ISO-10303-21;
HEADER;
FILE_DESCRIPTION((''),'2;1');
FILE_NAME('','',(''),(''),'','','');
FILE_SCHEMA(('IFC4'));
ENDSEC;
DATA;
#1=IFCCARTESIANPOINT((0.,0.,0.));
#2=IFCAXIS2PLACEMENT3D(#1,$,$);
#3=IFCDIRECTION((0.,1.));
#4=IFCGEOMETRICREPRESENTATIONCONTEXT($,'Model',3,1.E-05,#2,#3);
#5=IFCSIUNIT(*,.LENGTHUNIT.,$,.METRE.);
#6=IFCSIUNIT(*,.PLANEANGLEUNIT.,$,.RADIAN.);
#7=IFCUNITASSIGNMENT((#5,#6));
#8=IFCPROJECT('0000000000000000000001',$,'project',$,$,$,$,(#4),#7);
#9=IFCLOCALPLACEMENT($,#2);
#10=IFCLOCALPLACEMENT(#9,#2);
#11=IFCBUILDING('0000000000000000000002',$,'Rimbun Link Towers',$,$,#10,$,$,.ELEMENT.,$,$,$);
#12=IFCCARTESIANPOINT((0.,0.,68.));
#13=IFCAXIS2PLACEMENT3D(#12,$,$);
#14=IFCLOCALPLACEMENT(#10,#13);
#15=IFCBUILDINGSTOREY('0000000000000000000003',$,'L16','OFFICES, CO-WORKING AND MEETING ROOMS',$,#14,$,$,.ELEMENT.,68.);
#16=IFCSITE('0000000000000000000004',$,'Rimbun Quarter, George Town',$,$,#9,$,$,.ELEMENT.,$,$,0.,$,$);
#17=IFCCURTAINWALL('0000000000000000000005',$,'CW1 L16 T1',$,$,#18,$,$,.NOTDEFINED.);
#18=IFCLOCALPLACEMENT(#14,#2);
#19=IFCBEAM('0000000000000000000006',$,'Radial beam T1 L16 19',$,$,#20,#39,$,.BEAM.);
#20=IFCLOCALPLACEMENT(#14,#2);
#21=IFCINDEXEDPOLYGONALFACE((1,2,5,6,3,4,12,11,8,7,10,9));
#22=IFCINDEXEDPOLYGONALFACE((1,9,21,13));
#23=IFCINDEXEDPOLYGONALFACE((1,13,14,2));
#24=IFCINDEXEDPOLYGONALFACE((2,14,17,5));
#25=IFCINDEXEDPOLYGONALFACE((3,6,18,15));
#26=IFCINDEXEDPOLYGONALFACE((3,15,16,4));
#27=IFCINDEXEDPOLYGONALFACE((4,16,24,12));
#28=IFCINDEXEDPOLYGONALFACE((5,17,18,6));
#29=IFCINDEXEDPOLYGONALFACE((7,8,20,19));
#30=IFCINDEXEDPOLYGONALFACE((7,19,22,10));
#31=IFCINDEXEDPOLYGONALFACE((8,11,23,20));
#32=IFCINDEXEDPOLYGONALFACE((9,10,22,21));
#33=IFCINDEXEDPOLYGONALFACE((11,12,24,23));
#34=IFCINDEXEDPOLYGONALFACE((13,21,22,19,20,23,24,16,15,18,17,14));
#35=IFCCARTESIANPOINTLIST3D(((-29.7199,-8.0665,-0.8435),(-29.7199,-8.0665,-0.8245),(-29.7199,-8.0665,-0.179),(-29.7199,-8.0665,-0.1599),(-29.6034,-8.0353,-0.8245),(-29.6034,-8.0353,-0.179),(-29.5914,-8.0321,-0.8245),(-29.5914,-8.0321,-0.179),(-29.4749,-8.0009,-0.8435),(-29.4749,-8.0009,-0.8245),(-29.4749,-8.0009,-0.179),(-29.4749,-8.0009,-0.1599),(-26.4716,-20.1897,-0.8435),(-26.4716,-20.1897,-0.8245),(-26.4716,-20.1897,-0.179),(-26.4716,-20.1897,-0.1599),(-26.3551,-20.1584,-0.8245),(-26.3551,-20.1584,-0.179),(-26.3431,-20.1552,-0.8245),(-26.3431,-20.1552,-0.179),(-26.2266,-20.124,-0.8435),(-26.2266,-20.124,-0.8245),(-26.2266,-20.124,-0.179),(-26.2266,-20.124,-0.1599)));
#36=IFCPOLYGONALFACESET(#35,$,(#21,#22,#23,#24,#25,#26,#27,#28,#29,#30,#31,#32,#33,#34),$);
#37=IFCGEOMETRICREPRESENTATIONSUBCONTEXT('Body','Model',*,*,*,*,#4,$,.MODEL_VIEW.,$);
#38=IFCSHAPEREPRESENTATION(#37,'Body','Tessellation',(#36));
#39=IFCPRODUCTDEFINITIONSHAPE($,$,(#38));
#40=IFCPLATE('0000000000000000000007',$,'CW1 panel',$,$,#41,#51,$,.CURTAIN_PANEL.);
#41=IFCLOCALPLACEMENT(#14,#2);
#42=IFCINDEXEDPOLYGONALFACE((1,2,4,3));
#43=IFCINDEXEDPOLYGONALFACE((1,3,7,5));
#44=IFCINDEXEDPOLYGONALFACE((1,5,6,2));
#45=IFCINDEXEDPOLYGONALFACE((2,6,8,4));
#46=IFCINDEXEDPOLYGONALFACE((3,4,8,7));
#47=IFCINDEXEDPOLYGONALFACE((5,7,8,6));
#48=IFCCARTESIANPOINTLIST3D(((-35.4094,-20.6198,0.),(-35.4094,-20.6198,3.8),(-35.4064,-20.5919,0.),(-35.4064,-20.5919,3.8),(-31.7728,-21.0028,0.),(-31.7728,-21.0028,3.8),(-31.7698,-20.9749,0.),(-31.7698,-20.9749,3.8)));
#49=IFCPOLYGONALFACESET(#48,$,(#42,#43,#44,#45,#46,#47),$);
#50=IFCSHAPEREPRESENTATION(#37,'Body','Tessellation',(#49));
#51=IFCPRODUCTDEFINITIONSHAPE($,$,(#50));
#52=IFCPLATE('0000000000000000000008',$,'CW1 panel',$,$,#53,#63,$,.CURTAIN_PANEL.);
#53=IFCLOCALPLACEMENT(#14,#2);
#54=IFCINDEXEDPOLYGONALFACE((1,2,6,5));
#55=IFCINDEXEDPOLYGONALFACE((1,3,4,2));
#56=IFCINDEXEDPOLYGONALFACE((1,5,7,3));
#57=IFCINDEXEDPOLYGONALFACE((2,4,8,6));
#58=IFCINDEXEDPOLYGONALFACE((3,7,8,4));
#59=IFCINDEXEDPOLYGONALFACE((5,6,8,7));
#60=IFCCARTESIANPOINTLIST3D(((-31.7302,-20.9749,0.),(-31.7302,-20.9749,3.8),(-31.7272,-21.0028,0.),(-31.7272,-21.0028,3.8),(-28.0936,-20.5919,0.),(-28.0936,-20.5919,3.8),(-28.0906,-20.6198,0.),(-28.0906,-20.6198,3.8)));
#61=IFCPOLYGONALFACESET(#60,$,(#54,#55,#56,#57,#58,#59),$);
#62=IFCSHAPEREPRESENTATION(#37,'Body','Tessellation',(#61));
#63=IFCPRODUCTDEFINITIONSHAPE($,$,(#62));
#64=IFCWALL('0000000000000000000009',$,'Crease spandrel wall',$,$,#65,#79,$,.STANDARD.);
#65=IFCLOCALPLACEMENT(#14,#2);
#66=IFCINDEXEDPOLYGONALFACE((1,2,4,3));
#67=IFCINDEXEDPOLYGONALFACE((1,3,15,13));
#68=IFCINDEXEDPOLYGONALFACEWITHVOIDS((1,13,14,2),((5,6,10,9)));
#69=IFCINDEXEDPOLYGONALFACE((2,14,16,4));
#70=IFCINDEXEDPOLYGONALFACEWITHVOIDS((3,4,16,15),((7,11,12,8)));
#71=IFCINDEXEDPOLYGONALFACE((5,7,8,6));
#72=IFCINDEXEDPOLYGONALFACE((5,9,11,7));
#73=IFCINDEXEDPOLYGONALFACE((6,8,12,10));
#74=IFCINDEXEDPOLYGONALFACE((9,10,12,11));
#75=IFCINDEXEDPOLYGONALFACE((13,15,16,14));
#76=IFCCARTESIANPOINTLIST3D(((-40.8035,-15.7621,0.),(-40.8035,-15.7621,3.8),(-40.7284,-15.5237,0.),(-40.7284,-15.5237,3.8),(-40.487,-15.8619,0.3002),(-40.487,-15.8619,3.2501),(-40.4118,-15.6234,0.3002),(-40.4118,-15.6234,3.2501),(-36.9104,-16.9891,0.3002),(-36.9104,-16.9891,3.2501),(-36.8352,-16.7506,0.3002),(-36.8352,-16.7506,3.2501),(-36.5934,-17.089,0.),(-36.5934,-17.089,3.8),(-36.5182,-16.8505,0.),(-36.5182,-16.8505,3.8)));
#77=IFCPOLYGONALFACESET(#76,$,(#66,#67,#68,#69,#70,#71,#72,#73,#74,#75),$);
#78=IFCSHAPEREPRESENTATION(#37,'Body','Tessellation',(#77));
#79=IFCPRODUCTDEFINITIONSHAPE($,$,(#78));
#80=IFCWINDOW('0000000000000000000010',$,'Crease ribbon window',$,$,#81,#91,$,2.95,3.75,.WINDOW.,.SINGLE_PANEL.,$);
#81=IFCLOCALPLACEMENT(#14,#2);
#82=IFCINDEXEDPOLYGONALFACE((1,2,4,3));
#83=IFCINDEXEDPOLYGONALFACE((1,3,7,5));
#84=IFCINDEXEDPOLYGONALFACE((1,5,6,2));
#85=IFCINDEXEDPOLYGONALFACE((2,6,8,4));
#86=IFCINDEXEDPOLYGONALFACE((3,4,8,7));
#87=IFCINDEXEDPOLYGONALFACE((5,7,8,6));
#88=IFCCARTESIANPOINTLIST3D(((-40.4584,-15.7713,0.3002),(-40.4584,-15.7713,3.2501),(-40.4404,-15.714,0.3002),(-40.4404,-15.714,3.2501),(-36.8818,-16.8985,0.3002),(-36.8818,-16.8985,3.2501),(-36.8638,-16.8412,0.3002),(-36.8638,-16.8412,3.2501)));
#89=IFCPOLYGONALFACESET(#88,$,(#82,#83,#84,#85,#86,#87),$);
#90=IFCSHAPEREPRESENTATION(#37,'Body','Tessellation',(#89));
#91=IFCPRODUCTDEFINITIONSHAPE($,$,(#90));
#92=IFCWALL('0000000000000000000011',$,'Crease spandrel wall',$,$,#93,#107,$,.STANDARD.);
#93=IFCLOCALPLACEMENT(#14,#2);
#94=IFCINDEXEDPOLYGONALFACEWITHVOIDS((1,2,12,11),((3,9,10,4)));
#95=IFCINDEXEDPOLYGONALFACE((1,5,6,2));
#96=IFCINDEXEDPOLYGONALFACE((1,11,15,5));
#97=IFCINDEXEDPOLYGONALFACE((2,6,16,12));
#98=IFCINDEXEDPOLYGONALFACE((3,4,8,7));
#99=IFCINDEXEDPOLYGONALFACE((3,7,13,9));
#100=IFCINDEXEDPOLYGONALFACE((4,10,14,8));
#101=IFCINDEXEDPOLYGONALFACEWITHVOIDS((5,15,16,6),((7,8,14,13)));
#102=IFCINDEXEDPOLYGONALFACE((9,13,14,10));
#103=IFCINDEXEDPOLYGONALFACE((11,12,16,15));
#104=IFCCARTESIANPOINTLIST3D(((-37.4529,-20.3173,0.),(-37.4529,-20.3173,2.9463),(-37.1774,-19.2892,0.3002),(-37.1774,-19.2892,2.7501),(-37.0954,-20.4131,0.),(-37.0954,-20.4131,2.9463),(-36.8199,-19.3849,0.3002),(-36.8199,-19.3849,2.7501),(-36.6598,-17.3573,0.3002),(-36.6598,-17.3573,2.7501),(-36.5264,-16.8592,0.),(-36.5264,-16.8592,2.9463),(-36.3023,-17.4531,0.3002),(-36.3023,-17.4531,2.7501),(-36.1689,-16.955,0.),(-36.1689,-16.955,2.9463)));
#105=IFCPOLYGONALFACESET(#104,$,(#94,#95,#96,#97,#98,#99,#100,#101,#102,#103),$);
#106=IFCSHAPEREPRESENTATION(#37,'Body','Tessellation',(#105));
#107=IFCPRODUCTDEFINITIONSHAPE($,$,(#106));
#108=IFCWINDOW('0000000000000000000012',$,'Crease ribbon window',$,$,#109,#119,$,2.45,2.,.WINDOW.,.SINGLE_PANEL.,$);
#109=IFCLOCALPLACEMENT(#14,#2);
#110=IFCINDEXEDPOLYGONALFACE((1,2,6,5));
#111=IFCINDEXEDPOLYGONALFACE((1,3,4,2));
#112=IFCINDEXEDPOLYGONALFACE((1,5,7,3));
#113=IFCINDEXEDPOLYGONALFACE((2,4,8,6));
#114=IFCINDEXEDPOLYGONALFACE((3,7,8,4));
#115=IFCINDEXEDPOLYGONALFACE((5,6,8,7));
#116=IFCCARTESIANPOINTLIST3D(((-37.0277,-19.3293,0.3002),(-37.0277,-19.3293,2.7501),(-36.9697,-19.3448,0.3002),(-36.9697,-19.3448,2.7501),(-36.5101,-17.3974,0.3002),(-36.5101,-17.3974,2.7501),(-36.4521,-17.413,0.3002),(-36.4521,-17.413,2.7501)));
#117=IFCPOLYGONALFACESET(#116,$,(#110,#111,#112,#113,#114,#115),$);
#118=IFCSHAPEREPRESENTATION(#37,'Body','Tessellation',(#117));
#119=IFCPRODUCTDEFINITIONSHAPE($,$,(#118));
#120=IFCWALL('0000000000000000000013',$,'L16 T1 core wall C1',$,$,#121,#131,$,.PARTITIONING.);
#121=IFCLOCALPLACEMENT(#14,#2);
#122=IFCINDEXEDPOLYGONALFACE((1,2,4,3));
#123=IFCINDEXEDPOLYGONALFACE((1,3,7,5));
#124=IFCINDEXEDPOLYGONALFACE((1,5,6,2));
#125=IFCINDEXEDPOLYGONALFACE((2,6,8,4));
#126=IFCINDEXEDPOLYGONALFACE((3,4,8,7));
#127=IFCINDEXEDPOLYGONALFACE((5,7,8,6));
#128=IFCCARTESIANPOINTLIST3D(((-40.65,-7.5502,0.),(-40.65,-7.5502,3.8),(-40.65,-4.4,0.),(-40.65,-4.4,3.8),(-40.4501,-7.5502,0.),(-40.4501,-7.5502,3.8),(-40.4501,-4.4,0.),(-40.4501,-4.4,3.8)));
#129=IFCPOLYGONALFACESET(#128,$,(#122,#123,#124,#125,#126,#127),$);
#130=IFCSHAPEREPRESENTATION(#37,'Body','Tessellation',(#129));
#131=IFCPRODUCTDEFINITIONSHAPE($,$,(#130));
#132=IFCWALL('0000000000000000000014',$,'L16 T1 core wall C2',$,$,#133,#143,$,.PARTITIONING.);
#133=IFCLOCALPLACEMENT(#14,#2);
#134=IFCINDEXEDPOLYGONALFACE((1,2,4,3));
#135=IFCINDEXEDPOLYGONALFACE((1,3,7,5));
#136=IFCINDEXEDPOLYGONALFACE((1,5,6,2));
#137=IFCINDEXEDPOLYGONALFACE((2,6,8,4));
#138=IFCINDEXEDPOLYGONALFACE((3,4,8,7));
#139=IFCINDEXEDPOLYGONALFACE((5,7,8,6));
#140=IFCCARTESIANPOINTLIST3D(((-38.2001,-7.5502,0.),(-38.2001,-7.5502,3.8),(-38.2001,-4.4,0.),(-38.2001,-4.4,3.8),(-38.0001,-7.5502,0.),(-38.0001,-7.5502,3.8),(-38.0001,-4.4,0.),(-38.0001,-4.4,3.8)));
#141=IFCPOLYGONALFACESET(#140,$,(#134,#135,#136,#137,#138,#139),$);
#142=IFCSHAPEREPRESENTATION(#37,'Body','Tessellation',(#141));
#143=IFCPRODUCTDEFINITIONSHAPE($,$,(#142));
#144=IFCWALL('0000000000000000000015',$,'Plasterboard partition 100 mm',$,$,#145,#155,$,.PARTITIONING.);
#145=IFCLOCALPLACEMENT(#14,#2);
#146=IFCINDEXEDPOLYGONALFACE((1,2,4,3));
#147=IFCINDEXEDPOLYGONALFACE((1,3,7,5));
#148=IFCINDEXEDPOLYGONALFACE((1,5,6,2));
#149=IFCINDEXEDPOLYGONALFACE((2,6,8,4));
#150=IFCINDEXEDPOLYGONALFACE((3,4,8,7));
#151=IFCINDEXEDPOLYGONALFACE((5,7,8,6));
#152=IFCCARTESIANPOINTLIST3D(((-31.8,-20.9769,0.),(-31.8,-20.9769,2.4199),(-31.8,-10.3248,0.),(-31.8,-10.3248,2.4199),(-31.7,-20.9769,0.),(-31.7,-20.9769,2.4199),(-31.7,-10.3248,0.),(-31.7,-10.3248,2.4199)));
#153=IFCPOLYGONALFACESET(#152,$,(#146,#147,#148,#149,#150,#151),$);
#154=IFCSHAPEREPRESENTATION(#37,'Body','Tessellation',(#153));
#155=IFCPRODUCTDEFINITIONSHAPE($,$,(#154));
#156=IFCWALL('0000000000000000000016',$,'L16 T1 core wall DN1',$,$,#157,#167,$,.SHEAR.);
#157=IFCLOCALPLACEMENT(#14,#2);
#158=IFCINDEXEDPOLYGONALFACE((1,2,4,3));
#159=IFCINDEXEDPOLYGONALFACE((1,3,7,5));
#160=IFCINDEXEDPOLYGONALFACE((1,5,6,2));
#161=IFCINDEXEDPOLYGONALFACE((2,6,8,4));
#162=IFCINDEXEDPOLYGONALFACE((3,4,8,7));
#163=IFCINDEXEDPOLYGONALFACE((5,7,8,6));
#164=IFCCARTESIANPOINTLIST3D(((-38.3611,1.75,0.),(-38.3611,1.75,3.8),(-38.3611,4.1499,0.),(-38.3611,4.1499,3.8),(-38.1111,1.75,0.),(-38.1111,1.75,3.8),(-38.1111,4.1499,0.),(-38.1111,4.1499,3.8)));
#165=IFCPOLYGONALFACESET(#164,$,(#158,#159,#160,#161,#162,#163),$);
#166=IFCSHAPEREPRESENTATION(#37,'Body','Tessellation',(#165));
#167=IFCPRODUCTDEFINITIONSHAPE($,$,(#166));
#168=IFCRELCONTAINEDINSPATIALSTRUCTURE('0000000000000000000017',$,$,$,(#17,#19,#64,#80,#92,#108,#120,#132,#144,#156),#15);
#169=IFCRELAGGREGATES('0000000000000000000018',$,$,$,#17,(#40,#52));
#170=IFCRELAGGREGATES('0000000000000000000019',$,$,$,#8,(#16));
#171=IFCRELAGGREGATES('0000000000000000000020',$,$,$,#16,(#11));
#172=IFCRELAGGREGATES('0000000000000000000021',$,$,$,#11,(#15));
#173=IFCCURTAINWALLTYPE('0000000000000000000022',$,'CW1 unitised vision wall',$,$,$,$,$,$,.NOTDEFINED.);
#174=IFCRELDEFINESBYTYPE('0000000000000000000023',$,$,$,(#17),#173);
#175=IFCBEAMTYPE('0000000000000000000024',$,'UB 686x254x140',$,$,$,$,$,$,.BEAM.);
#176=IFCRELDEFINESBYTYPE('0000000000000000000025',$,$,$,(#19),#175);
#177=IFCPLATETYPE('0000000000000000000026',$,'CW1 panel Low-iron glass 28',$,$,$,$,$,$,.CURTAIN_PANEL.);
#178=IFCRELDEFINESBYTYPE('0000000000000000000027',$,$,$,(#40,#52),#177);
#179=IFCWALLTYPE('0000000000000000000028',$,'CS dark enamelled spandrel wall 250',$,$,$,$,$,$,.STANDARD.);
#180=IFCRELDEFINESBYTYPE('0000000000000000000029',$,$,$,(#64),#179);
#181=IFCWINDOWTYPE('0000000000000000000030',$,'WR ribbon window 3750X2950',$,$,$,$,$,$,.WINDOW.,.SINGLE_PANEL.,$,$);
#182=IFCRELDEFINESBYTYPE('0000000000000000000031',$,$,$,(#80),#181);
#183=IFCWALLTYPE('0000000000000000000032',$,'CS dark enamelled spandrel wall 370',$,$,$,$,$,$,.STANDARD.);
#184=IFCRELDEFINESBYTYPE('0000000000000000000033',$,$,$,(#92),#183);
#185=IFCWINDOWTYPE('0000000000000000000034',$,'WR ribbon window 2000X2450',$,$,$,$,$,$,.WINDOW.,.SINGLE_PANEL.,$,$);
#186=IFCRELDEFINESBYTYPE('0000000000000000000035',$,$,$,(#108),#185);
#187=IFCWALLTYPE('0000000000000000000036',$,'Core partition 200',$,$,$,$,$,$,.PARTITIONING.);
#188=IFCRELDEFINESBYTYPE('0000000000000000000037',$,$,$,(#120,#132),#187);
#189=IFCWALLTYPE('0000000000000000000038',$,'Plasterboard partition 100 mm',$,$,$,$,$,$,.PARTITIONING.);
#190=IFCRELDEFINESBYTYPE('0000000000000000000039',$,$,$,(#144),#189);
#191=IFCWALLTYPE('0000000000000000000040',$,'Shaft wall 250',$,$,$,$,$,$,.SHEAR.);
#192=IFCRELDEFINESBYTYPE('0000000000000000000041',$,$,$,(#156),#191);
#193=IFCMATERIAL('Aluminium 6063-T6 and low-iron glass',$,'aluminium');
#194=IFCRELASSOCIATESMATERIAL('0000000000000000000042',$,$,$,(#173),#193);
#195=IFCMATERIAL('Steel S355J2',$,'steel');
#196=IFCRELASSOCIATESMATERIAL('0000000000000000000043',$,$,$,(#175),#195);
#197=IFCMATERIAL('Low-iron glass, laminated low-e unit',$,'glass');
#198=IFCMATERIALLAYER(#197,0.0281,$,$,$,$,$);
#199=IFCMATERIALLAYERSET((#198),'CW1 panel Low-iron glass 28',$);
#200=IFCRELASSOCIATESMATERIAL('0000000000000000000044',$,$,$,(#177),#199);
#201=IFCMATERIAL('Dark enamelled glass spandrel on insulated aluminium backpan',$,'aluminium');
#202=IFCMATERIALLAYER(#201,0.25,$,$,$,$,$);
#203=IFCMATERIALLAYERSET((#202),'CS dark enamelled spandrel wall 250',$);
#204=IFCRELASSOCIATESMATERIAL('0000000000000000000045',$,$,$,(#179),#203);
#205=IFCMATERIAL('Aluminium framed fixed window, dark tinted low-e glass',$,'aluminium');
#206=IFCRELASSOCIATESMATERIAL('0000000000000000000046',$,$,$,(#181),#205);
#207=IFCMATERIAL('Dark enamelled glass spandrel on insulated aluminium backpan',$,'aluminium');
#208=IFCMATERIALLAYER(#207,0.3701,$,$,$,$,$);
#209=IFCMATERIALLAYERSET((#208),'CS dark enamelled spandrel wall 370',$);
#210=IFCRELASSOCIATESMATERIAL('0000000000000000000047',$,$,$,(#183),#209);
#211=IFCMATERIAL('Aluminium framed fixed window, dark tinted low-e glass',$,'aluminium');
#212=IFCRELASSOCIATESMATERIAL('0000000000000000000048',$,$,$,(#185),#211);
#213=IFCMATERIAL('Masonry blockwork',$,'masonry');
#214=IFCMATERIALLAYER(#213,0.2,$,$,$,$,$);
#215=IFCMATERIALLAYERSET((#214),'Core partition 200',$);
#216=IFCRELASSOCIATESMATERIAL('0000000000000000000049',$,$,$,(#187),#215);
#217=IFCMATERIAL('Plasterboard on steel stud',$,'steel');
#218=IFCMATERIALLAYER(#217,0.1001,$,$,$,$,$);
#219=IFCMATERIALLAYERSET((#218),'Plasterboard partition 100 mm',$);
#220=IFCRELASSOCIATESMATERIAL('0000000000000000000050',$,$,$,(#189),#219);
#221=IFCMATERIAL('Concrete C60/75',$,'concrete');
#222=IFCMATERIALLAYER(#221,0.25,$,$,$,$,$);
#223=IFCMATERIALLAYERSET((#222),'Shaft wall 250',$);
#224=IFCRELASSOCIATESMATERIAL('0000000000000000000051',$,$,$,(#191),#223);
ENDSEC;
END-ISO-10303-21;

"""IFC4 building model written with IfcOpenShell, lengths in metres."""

from ifc_helpers import new_model, si_unit, direction, frame, frame_2d, origin, origin_2d, place, context, subcontext, project, spatial, rectangle, i_section, extrude, material, layer, layer_set, material_profile, profile_set, type_object, element, fill, aggregate, save


model = new_model("IFC4")

# Units and contexts
model_context = context("Model", 3, precision=1e-05, world=origin(), true_north=direction((0.0, 1.0)))
body_context = subcontext(model_context, "Body", "Model", "MODEL_VIEW")
ifc_project = project(units=[si_unit("LENGTHUNIT", "METRE"), si_unit("PLANEANGLEUNIT", "RADIAN")], contexts=[model_context])

# Site, building, storey
site_placement = place(None, origin())
site = spatial("IfcSite", under=ifc_project, at=site_placement, Name="Rimbun Quarter, George Town", CompositionType="ELEMENT", RefElevation=0.0)
building_placement = place(site_placement, origin())
building = spatial("IfcBuilding", under=site, at=building_placement, Name="Rimbun Link Towers", CompositionType="ELEMENT")
storey_placement = place(building_placement, frame((0.0, 0.0, 68.0)))
storey = spatial("IfcBuildingStorey", under=building, at=storey_placement, Name="L16", Description="OFFICES, CO-WORKING AND MEETING ROOMS", CompositionType="ELEMENT", Elevation=68.0)

# Curtain wall
ifc_material_1 = material(Name="Aluminium 6063-T6 and low-iron glass", Category="aluminium")
curtain_wall_type = type_object("IfcCurtainWallType", Name="CW1 unitised vision wall", PredefinedType="NOTDEFINED", material=ifc_material_1)
curtain_wall_placement = place(storey_placement, origin())
curtain_wall = element("IfcCurtainWall", 1, at=curtain_wall_placement, inside=storey, type_object=curtain_wall_type, Name="CW1 L16 T1", PredefinedType="NOTDEFINED")

# Beam
ifc_material_2 = material(Name="Steel S355J2", Category="steel")
ifc_material_profile_1 = material_profile(ifc_material_2, i_section(OverallWidth=0.2537, OverallDepth=0.6836, WebThickness=0.0125, FlangeThickness=0.019, at=origin_2d()), Name="UB 686x254x140")
ifc_profile_set_1 = profile_set([ifc_material_profile_1], Name="Steel S355J2")
beam_type_1 = type_object("IfcBeamType", Name="UB 686x254x140", PredefinedType="BEAM", material=ifc_profile_set_1)
beam_1_placement = place(storey_placement, frame((-29.5974, -8.0337, -0.5017), z_axis=(0.258814, -0.965927, 0.0), x_axis=(0.965927, 0.258814, 0.0)))
element("IfcBeam", 2, at=beam_1_placement, inside=storey, type_object=beam_type_1, Name="Radial beam T1 L16 19", PredefinedType="BEAM", context=body_context, shape_type="SweptSolid", body=[
    extrude(i_section(OverallWidth=0.2537, OverallDepth=0.6836, WebThickness=0.0125, FlangeThickness=0.019, at=origin_2d()), origin(), (0.0, 0.0, 1.0), 12.5508),
])

# Plates
ifc_material_3 = material(Name="Low-iron glass, laminated low-e unit", Category="glass")
ifc_layer_1 = layer(ifc_material_3, 0.0281)
ifc_layer_set_1 = layer_set([ifc_layer_1], Name="CW1 panel Low-iron glass 28")
plate_type = type_object("IfcPlateType", Name="CW1 panel Low-iron glass 28", PredefinedType="CURTAIN_PANEL", material=ifc_layer_set_1)
plate_1_placement = place(storey_placement, frame((-33.5896, -20.7974, 0.0), z_axis=(0.0, 0.0, 1.0), x_axis=(-0.9945, 0.104735, 0.0)))
plate_1 = element("IfcPlate", 3, at=plate_1_placement, type_object=plate_type, Name="CW1 panel", PredefinedType="CURTAIN_PANEL", context=body_context, shape_type="SweptSolid", body=[
    extrude(rectangle(XDim=3.6567, YDim=0.0281, at=origin_2d()), origin(), (0.0, 0.0, 1.0), 3.8),
])
plate_2_placement = place(storey_placement, frame((-29.9104, -20.7974, 0.0), z_axis=(0.0, 0.0, 1.0), x_axis=(-0.9945, -0.104735, 0.0)))
plate_2 = element("IfcPlate", 4, at=plate_2_placement, type_object=plate_type, Name="CW1 panel", PredefinedType="CURTAIN_PANEL", context=body_context, shape_type="SweptSolid", body=[
    extrude(rectangle(XDim=3.6567, YDim=0.0281, at=origin_2d()), origin(), (0.0, 0.0, 1.0), 3.8),
])
aggregate(curtain_wall, [plate_1, plate_2])

# Walls, openings, windows
ifc_material_4 = material(Name="Dark enamelled glass spandrel on insulated aluminium backpan", Category="aluminium")
ifc_layer_2 = layer(ifc_material_4, 0.25)
ifc_layer_set_2 = layer_set([ifc_layer_2], Name="CS dark enamelled spandrel wall 250")
wall_type_1 = type_object("IfcWallType", Name="CS dark enamelled spandrel wall 250", PredefinedType="STANDARD", material=ifc_layer_set_2)
wall_1_placement = place(storey_placement, frame((-36.5559, -16.9697, 0.0), z_axis=(0.0, 0.0, 1.0), x_axis=(-0.953754, 0.300589, 0.0)))
wall_1 = element("IfcWall", 5, at=wall_1_placement, inside=storey, type_object=wall_type_1, Name="Crease spandrel wall", PredefinedType="STANDARD", context=body_context, shape_type="SweptSolid", body=[
    extrude(rectangle(XDim=4.4143, YDim=0.25, at=frame_2d((2.207, 0.0))), origin(), (0.0, 0.0, 1.0), 3.8),
])
opening_1_placement = place(wall_1_placement, frame((0.3323, 0.0, 0.3)))
opening_1 = element("IfcOpeningElement", 6, at=opening_1_placement, cuts=wall_1, PredefinedType="OPENING", context=body_context, shape_type="SweptSolid", body=[
    extrude(rectangle(XDim=3.75, YDim=2.95, at=frame_2d((1.875, 1.4751))), frame((0.0, 0.135, 0.0), z_axis=(0.0, -1.0, 0.0), x_axis=(1.0, 0.0, 0.0)), (0.0, 0.0, 1.0), 0.27),
])
ifc_material_5 = material(Name="Aluminium framed fixed window, dark tinted low-e glass", Category="aluminium")
window_type_1 = type_object("IfcWindowType", Name="WR ribbon window 3750X2950", PartitioningType="SINGLE_PANEL", PredefinedType="WINDOW", material=ifc_material_5)
window_1_placement = place(opening_1_placement, origin())
window_1 = element("IfcWindow", 7, at=window_1_placement, inside=storey, type_object=window_type_1, Name="Crease ribbon window", OverallHeight=2.95, OverallWidth=3.75, PartitioningType="SINGLE_PANEL", PredefinedType="WINDOW", context=body_context, shape_type="SweptSolid", body=[
    extrude(rectangle(XDim=3.75, YDim=2.95, at=frame_2d((1.875, 1.4751))), frame((0.0, 0.03, 0.0), z_axis=(0.0, -1.0, 0.0), x_axis=(1.0, 0.0, 0.0)), (0.0, 0.0, 1.0), 0.0601),
])
fill(opening_1, window_1)
ifc_material_6 = material(Name="Dark enamelled glass spandrel on insulated aluminium backpan", Category="aluminium")
ifc_layer_3 = layer(ifc_material_6, 0.3701)
ifc_layer_set_3 = layer_set([ifc_layer_3], Name="CS dark enamelled spandrel wall 370")
wall_type_2 = type_object("IfcWallType", Name="CS dark enamelled spandrel wall 370", PredefinedType="STANDARD", material=ifc_layer_set_3)
wall_2_placement = place(storey_placement, frame((-37.2742, -20.3652, 0.0), z_axis=(0.0, 0.0, 1.0), x_axis=(0.258804, 0.96593, 0.0)))
wall_2 = element("IfcWall", 8, at=wall_2_placement, inside=storey, type_object=wall_type_2, Name="Crease spandrel wall", PredefinedType="STANDARD", context=body_context, shape_type="SweptSolid", body=[
    extrude(rectangle(XDim=3.5801, YDim=0.3701, at=frame_2d((1.79, 0.0))), origin(), (0.0, 0.0, 1.0), 2.9463),
])
opening_2_placement = place(wall_2_placement, frame((1.0645, 0.0, 0.3)))
opening_2 = element("IfcOpeningElement", 9, at=opening_2_placement, cuts=wall_2, PredefinedType="OPENING", context=body_context, shape_type="SweptSolid", body=[
    extrude(rectangle(XDim=2.0, YDim=2.45, at=frame_2d((1.0, 1.2251))), frame((0.0, 0.1951, 0.0), z_axis=(0.0, -1.0, 0.0), x_axis=(1.0, 0.0, 0.0)), (0.0, 0.0, 1.0), 0.3901),
])
ifc_material_7 = material(Name="Aluminium framed fixed window, dark tinted low-e glass", Category="aluminium")
window_type_2 = type_object("IfcWindowType", Name="WR ribbon window 2000X2450", PartitioningType="SINGLE_PANEL", PredefinedType="WINDOW", material=ifc_material_7)
window_2_placement = place(opening_2_placement, origin())
window_2 = element("IfcWindow", 10, at=window_2_placement, inside=storey, type_object=window_type_2, Name="Crease ribbon window", OverallHeight=2.45, OverallWidth=2.0, PartitioningType="SINGLE_PANEL", PredefinedType="WINDOW", context=body_context, shape_type="SweptSolid", body=[
    extrude(rectangle(XDim=2.0, YDim=2.45, at=frame_2d((1.0, 1.2251))), frame((0.0, 0.03, 0.0), z_axis=(0.0, -1.0, 0.0), x_axis=(1.0, 0.0, 0.0)), (0.0, 0.0, 1.0), 0.0601),
])
fill(opening_2, window_2)

# Walls
ifc_material_8 = material(Name="Masonry blockwork", Category="masonry")
ifc_layer_4 = layer(ifc_material_8, 0.2)
ifc_layer_set_4 = layer_set([ifc_layer_4], Name="Core partition 200")
wall_type_3 = type_object("IfcWallType", Name="Core partition 200", PredefinedType="PARTITIONING", material=ifc_layer_set_4)
for number, where, z_axis, x_axis, name in (
    (11, (-40.55, -4.3999, 0.0), (0.0, 0.0, 1.0), (0.0, -1.0, 0.0), "L16 T1 core wall C1"),
    (12, (-38.1001, -4.3999, 0.0), (0.0, 0.0, 1.0), (0.0, -1.0, 0.0), "L16 T1 core wall C2"),
):
    element("IfcWall", number, at=place(storey_placement, frame(where, z_axis=z_axis, x_axis=x_axis)), inside=storey, type_object=wall_type_3, Name=name, PredefinedType="PARTITIONING", context=body_context, shape_type="SweptSolid", body=[
        extrude(rectangle(XDim=3.1501, YDim=0.2, at=frame_2d((1.5752, 0.0))), origin(), (0.0, 0.0, 1.0), 3.8),
    ])
ifc_material_9 = material(Name="Plasterboard on steel stud", Category="steel")
ifc_layer_5 = layer(ifc_material_9, 0.1001)
ifc_layer_set_5 = layer_set([ifc_layer_5], Name="Plasterboard partition 100 mm")
wall_type_4 = type_object("IfcWallType", Name="Plasterboard partition 100 mm", PredefinedType="PARTITIONING", material=ifc_layer_set_5)
wall_3_placement = place(storey_placement, frame((-31.75, -20.9771, 0.0), z_axis=(0.0, 0.0, 1.0), x_axis=(0.0, 1.0, 0.0)))
element("IfcWall", 13, at=wall_3_placement, inside=storey, type_object=wall_type_4, Name="Plasterboard partition 100 mm", PredefinedType="PARTITIONING", context=body_context, shape_type="SweptSolid", body=[
    extrude(rectangle(XDim=10.6521, YDim=0.1001, at=frame_2d((5.3262, 0.0))), origin(), (0.0, 0.0, 1.0), 2.4199),
])
ifc_material_10 = material(Name="Concrete C60/75", Category="concrete")
ifc_layer_6 = layer(ifc_material_10, 0.25)
ifc_layer_set_6 = layer_set([ifc_layer_6], Name="Shaft wall 250")
wall_type_5 = type_object("IfcWallType", Name="Shaft wall 250", PredefinedType="SHEAR", material=ifc_layer_set_6)
for number, where, z_axis, x_axis, name in (
    (14, (-38.2361, 1.75, 0.0), (0.0, 0.0, 1.0), (0.0, 1.0, 0.0), "L16 T1 core wall DN1"),
):
    element("IfcWall", number, at=place(storey_placement, frame(where, z_axis=z_axis, x_axis=x_axis)), inside=storey, type_object=wall_type_5, Name=name, PredefinedType="SHEAR", context=body_context, shape_type="SweptSolid", body=[
        extrude(rectangle(XDim=2.3999, YDim=0.25, at=frame_2d((1.2, 0.0))), origin(), (0.0, 0.0, 1.0), 3.8),
    ])

save(model, "model.ifc")
